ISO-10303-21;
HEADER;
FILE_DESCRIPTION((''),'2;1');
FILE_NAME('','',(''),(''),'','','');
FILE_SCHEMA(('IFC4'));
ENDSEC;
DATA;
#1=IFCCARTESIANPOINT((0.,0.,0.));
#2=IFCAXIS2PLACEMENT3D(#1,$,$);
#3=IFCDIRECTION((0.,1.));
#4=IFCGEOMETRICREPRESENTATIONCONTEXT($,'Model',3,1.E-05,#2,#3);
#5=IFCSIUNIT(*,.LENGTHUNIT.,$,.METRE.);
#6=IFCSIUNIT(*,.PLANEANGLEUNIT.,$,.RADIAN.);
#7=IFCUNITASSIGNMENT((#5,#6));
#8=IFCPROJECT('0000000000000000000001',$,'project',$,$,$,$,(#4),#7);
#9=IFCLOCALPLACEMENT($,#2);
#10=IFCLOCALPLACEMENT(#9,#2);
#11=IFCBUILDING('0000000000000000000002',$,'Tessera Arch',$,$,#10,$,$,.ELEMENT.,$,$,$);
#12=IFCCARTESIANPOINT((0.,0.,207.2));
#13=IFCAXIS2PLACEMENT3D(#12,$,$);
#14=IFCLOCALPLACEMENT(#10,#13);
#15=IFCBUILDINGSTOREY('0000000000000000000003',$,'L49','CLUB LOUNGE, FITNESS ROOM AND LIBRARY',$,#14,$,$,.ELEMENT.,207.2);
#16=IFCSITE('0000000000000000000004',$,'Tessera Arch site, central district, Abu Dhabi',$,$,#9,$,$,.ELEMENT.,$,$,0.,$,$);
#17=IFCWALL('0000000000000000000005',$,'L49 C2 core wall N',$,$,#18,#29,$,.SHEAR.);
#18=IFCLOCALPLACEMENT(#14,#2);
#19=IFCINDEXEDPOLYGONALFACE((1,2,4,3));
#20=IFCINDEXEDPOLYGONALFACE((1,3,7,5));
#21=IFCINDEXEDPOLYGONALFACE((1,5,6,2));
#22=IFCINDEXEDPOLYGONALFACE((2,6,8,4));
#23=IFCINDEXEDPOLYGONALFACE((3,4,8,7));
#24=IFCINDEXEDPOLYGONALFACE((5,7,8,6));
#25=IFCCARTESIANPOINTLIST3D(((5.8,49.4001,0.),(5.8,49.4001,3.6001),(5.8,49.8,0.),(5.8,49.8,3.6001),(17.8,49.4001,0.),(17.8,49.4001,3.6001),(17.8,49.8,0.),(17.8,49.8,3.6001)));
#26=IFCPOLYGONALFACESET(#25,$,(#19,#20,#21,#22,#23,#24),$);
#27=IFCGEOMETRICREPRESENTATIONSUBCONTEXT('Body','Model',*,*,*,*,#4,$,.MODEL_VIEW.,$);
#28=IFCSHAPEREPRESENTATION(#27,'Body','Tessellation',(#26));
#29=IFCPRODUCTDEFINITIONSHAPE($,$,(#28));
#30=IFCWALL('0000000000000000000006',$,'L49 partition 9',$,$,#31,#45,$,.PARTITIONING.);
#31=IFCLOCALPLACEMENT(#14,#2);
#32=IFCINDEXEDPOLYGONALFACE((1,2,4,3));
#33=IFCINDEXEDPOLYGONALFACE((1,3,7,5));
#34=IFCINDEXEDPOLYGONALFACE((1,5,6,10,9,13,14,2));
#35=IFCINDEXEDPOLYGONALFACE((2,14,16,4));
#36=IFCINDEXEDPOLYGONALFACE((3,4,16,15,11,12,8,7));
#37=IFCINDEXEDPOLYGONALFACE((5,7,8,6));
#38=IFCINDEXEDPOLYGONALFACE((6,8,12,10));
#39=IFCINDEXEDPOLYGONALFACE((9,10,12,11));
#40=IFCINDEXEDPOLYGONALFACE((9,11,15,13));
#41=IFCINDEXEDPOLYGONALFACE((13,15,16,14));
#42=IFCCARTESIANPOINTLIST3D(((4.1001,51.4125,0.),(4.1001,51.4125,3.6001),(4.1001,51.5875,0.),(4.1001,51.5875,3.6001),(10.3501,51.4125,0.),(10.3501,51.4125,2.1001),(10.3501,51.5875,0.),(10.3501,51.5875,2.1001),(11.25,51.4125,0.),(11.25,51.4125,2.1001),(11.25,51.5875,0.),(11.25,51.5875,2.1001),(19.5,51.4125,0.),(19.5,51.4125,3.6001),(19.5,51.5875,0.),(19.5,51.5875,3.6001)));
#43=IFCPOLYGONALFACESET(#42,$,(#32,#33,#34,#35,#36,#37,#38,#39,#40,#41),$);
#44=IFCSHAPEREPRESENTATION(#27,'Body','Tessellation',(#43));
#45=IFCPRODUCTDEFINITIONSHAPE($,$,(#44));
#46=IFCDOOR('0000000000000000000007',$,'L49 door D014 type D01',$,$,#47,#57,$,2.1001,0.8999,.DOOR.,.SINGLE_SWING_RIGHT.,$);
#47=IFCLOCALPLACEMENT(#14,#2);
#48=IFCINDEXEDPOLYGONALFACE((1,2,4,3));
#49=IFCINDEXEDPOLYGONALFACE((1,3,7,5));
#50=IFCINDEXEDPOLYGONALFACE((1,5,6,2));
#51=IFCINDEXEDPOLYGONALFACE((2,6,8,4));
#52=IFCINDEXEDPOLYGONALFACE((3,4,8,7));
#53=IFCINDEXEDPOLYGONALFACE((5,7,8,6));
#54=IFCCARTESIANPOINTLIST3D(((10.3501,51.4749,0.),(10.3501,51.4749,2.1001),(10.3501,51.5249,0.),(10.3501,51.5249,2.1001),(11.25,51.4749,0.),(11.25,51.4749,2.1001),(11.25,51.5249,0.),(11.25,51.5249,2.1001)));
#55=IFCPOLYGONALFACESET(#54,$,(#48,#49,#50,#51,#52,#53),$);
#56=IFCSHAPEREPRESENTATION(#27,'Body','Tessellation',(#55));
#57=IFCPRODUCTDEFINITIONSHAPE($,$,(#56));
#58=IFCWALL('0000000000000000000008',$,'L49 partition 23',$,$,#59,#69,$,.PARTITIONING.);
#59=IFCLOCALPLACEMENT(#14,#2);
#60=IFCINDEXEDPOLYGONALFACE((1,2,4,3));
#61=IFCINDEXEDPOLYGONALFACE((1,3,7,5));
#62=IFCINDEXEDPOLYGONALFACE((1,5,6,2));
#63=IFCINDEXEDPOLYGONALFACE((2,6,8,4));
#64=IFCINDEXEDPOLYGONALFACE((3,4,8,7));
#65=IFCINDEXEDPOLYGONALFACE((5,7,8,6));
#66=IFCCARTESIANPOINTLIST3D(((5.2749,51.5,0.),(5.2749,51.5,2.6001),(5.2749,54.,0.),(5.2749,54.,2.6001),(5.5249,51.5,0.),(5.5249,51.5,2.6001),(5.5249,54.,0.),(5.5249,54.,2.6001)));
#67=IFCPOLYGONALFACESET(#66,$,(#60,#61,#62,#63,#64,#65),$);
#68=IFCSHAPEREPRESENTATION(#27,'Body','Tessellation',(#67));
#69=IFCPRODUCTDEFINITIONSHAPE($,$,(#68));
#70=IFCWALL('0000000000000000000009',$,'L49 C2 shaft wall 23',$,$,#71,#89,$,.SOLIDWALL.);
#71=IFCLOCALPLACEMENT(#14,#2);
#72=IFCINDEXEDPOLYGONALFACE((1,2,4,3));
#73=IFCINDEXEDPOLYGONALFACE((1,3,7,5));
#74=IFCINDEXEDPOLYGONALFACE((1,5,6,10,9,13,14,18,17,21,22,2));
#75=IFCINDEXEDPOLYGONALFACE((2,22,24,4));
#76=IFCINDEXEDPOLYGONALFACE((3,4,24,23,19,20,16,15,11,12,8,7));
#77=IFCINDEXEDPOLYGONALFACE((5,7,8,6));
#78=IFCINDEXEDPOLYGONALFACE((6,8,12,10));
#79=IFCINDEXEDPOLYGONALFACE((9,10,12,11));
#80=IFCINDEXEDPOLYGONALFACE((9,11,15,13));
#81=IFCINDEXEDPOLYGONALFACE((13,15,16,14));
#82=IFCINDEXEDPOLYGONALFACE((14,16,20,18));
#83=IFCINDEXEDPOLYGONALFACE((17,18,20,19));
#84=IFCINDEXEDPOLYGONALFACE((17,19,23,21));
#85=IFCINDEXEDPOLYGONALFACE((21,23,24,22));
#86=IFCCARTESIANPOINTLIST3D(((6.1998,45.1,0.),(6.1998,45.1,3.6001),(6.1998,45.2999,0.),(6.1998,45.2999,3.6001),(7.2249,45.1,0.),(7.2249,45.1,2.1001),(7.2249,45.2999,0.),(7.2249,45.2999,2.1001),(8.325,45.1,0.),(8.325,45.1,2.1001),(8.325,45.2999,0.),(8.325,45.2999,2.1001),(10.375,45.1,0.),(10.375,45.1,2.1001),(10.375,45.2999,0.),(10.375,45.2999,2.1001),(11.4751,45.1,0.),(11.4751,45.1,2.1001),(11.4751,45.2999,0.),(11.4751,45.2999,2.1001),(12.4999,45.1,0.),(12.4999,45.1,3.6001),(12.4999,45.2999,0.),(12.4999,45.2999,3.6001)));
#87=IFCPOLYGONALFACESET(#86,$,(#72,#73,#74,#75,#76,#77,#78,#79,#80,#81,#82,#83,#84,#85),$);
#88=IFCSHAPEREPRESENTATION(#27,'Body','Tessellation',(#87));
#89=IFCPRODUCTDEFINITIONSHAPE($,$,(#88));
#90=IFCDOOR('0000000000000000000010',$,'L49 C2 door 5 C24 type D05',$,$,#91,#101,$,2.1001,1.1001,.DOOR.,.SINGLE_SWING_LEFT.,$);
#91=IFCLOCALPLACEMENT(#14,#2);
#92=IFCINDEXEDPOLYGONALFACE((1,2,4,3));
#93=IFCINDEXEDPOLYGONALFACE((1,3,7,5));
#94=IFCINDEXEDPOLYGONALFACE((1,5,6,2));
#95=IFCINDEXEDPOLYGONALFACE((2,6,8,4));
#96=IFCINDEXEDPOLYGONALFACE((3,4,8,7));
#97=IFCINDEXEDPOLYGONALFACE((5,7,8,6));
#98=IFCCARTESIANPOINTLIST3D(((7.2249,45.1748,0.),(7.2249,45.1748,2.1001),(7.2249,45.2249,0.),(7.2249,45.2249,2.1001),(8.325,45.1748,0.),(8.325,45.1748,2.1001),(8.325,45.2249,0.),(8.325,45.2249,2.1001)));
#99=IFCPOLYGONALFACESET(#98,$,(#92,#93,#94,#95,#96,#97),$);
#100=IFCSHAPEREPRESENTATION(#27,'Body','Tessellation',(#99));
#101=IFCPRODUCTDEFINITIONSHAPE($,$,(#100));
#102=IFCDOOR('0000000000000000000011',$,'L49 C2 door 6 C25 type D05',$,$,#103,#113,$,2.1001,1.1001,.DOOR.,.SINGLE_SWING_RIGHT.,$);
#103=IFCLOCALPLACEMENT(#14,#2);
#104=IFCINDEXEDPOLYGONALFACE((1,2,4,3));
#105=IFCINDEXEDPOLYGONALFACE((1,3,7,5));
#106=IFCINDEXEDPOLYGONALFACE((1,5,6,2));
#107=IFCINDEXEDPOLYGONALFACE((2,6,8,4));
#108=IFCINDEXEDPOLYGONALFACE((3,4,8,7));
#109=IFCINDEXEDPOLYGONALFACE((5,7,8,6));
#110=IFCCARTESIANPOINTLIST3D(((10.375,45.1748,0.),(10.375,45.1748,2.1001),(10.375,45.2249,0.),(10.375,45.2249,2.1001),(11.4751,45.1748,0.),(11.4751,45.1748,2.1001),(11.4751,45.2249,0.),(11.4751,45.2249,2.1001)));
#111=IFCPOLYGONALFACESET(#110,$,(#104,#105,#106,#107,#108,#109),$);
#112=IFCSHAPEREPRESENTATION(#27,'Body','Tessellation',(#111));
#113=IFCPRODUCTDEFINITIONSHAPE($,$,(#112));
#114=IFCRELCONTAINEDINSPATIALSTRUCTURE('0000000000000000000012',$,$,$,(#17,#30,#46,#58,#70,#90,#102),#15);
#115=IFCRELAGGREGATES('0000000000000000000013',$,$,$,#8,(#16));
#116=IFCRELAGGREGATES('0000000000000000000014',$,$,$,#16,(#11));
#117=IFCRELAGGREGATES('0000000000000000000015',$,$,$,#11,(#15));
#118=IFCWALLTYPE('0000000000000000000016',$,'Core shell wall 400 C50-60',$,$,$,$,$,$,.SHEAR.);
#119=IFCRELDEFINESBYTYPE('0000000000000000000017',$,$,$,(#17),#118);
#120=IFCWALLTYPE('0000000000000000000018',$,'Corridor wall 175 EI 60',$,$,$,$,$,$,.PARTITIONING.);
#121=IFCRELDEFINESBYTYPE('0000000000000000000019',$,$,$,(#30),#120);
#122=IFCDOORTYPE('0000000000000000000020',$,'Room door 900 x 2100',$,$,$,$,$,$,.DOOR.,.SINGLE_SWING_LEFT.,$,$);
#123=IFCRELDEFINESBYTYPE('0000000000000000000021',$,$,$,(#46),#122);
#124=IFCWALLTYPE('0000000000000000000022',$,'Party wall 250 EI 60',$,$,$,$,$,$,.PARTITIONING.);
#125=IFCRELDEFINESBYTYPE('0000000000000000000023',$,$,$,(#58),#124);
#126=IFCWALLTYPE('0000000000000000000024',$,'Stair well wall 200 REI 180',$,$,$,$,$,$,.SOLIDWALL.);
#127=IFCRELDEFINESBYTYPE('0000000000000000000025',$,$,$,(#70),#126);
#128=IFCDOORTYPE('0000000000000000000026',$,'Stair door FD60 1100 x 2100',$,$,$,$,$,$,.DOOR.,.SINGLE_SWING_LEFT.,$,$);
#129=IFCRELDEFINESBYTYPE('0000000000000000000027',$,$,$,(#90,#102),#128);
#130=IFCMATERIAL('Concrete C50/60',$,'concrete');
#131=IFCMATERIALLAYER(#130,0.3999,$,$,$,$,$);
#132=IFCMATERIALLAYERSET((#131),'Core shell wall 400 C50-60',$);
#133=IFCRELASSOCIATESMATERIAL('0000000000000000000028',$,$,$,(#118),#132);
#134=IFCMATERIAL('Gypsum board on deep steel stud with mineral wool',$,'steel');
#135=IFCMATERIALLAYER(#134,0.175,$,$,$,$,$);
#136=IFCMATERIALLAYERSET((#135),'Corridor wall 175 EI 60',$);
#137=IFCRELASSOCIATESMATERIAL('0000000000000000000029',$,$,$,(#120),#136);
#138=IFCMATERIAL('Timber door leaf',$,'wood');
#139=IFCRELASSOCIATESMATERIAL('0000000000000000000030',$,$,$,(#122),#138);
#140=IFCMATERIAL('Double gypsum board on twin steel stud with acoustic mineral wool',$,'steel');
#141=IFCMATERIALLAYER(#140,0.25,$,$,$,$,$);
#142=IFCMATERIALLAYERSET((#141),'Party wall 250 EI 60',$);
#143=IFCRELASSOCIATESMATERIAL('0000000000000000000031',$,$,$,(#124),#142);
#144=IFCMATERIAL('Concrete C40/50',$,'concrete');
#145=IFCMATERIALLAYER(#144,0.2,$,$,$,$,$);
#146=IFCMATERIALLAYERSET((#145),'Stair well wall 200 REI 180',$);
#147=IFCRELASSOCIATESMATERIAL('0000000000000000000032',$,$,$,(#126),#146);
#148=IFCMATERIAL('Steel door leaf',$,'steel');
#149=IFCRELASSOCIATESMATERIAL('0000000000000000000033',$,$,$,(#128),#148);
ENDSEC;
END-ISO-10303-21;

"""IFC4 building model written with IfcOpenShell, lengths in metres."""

from ifc_helpers import new_model, si_unit, direction, frame, frame_2d, origin, place, context, subcontext, project, spatial, rectangle, extrude, material, layer, layer_set, type_object, element, fill, save


model = new_model("IFC4")

# Units and contexts
model_context = context("Model", 3, precision=1e-05, world=origin(), true_north=direction((0.0, 1.0)))
body_context = subcontext(model_context, "Body", "Model", "MODEL_VIEW")
ifc_project = project(units=[si_unit("LENGTHUNIT", "METRE"), si_unit("PLANEANGLEUNIT", "RADIAN")], contexts=[model_context])

# Site, building, storey
site_placement = place(None, origin())
site = spatial("IfcSite", under=ifc_project, at=site_placement, Name="Tessera Arch site, central district, Abu Dhabi", CompositionType="ELEMENT", RefElevation=0.0)
building_placement = place(site_placement, origin())
building = spatial("IfcBuilding", under=site, at=building_placement, Name="Tessera Arch", CompositionType="ELEMENT")
storey_placement = place(building_placement, frame((0.0, 0.0, 207.2)))
storey = spatial("IfcBuildingStorey", under=building, at=storey_placement, Name="L49", Description="CLUB LOUNGE, FITNESS ROOM AND LIBRARY", CompositionType="ELEMENT", Elevation=207.2)

# Wall
ifc_material_1 = material(Name="Concrete C50/60", Category="concrete")
ifc_layer_1 = layer(ifc_material_1, 0.3999)
ifc_layer_set_1 = layer_set([ifc_layer_1], Name="Core shell wall 400 C50-60")
wall_type_1 = type_object("IfcWallType", Name="Core shell wall 400 C50-60", PredefinedType="SHEAR", material=ifc_layer_set_1)
wall_1_placement = place(storey_placement, frame((5.8, 49.6001, 0.0), z_axis=(0.0, 0.0, 1.0), x_axis=(1.0, 0.0, 0.0)))
element("IfcWall", 1, at=wall_1_placement, inside=storey, type_object=wall_type_1, Name="L49 C2 core wall N", PredefinedType="SHEAR", context=body_context, shape_type="SweptSolid", body=[
    extrude(rectangle(XDim=12.0, YDim=0.3999, at=frame_2d((6.0, 0.0))), origin(), (0.0, 0.0, 1.0), 3.6001),
])

# Wall, opening, door
ifc_material_2 = material(Name="Gypsum board on deep steel stud with mineral wool", Category="steel")
ifc_layer_2 = layer(ifc_material_2, 0.175)
ifc_layer_set_2 = layer_set([ifc_layer_2], Name="Corridor wall 175 EI 60")
wall_type_2 = type_object("IfcWallType", Name="Corridor wall 175 EI 60", PredefinedType="PARTITIONING", material=ifc_layer_set_2)
wall_2_placement = place(storey_placement, frame((4.1001, 51.5, 0.0), z_axis=(0.0, 0.0, 1.0), x_axis=(1.0, 0.0, 0.0)))
wall_2 = element("IfcWall", 2, at=wall_2_placement, inside=storey, type_object=wall_type_2, Name="L49 partition 9", PredefinedType="PARTITIONING", context=body_context, shape_type="SweptSolid", body=[
    extrude(rectangle(XDim=15.3999, YDim=0.175, at=frame_2d((7.7, 0.0))), origin(), (0.0, 0.0, 1.0), 3.6001),
])
opening_1_placement = place(wall_2_placement, frame((6.25, 0.0, 0.0)))
opening_1 = element("IfcOpeningElement", 3, at=opening_1_placement, cuts=wall_2, PredefinedType="OPENING", context=body_context, shape_type="SweptSolid", body=[
    extrude(rectangle(XDim=0.8999, YDim=2.1001, at=frame_2d((0.45, 1.05))), frame((0.0, 0.0974, 0.0), z_axis=(0.0, -1.0, 0.0), x_axis=(1.0, 0.0, 0.0)), (0.0, 0.0, 1.0), 0.1951),
])
ifc_material_3 = material(Name="Timber door leaf", Category="wood")
door_type_1 = type_object("IfcDoorType", Name="Room door 900 x 2100", OperationType="SINGLE_SWING_LEFT", PredefinedType="DOOR", material=ifc_material_3)
door_1_placement = place(opening_1_placement, origin())
door_1 = element("IfcDoor", 4, at=door_1_placement, inside=storey, type_object=door_type_1, Name="L49 door D014 type D01", OperationType="SINGLE_SWING_RIGHT", OverallHeight=2.1001, OverallWidth=0.8999, PredefinedType="DOOR", context=body_context, shape_type="SweptSolid", body=[
    extrude(rectangle(XDim=0.8999, YDim=2.1001, at=frame_2d((0.45, 1.05))), frame((0.0, 0.0249, 0.0), z_axis=(0.0, -1.0, 0.0), x_axis=(1.0, 0.0, 0.0)), (0.0, 0.0, 1.0), 0.05),
])
fill(opening_1, door_1)

# Wall
ifc_material_4 = material(Name="Double gypsum board on twin steel stud with acoustic mineral wool", Category="steel")
ifc_layer_3 = layer(ifc_material_4, 0.25)
ifc_layer_set_3 = layer_set([ifc_layer_3], Name="Party wall 250 EI 60")
wall_type_3 = type_object("IfcWallType", Name="Party wall 250 EI 60", PredefinedType="PARTITIONING", material=ifc_layer_set_3)
wall_3_placement = place(storey_placement, frame((5.3999, 51.5, 0.0), z_axis=(0.0, 0.0, 1.0), x_axis=(0.0, 1.0, 0.0)))
element("IfcWall", 5, at=wall_3_placement, inside=storey, type_object=wall_type_3, Name="L49 partition 23", PredefinedType="PARTITIONING", context=body_context, shape_type="SweptSolid", body=[
    extrude(rectangle(XDim=2.5, YDim=0.25, at=frame_2d((1.25, 0.0))), origin(), (0.0, 0.0, 1.0), 2.6001),
])

# Wall, openings, doors
ifc_material_5 = material(Name="Concrete C40/50", Category="concrete")
ifc_layer_4 = layer(ifc_material_5, 0.2)
ifc_layer_set_4 = layer_set([ifc_layer_4], Name="Stair well wall 200 REI 180")
wall_type_4 = type_object("IfcWallType", Name="Stair well wall 200 REI 180", PredefinedType="SOLIDWALL", material=ifc_layer_set_4)
wall_4_placement = place(storey_placement, frame((6.2, 45.2, 0.0), z_axis=(0.0, 0.0, 1.0), x_axis=(1.0, 0.0, 0.0)))
wall_4 = element("IfcWall", 6, at=wall_4_placement, inside=storey, type_object=wall_type_4, Name="L49 C2 shaft wall 23", PredefinedType="SOLIDWALL", context=body_context, shape_type="SweptSolid", body=[
    extrude(rectangle(XDim=6.3, YDim=0.2, at=frame_2d((3.1499, 0.0))), origin(), (0.0, 0.0, 1.0), 3.6001),
])
opening_2_placement = place(wall_4_placement, frame((1.0249, 0.0, 0.0)))
opening_2 = element("IfcOpeningElement", 7, at=opening_2_placement, cuts=wall_4, PredefinedType="OPENING", context=body_context, shape_type="SweptSolid", body=[
    extrude(rectangle(XDim=1.1001, YDim=2.1001, at=frame_2d((0.55, 1.05))), frame((0.0, 0.1099, 0.0), z_axis=(0.0, -1.0, 0.0), x_axis=(1.0, 0.0, 0.0)), (0.0, 0.0, 1.0), 0.22),
])
opening_3_placement = place(wall_4_placement, frame((4.175, 0.0, 0.0)))
opening_3 = element("IfcOpeningElement", 8, at=opening_3_placement, cuts=wall_4, PredefinedType="OPENING", context=body_context, shape_type="SweptSolid", body=[
    extrude(rectangle(XDim=1.1001, YDim=2.1001, at=frame_2d((0.55, 1.05))), frame((0.0, 0.1099, 0.0), z_axis=(0.0, -1.0, 0.0), x_axis=(1.0, 0.0, 0.0)), (0.0, 0.0, 1.0), 0.22),
])
ifc_material_6 = material(Name="Steel door leaf", Category="steel")
door_type_2 = type_object("IfcDoorType", Name="Stair door FD60 1100 x 2100", OperationType="SINGLE_SWING_LEFT", PredefinedType="DOOR", material=ifc_material_6)
door_2_placement = place(opening_2_placement, origin())
door_2 = element("IfcDoor", 9, at=door_2_placement, inside=storey, type_object=door_type_2, Name="L49 C2 door 5 C24 type D05", OperationType="SINGLE_SWING_LEFT", OverallHeight=2.1001, OverallWidth=1.1001, PredefinedType="DOOR", context=body_context, shape_type="SweptSolid", body=[
    extrude(rectangle(XDim=1.1001, YDim=2.1001, at=frame_2d((0.55, 1.05))), frame((0.0, 0.0249, 0.0), z_axis=(0.0, -1.0, 0.0), x_axis=(1.0, 0.0, 0.0)), (0.0, 0.0, 1.0), 0.05),
])
fill(opening_2, door_2)
door_3_placement = place(opening_3_placement, origin())
door_3 = element("IfcDoor", 10, at=door_3_placement, inside=storey, type_object=door_type_2, Name="L49 C2 door 6 C25 type D05", OperationType="SINGLE_SWING_RIGHT", OverallHeight=2.1001, OverallWidth=1.1001, PredefinedType="DOOR", context=body_context, shape_type="SweptSolid", body=[
    extrude(rectangle(XDim=1.1001, YDim=2.1001, at=frame_2d((0.55, 1.05))), frame((0.0, 0.0249, 0.0), z_axis=(0.0, -1.0, 0.0), x_axis=(1.0, 0.0, 0.0)), (0.0, 0.0, 1.0), 0.05),
])
fill(opening_3, door_3)

save(model, "model.ifc")
